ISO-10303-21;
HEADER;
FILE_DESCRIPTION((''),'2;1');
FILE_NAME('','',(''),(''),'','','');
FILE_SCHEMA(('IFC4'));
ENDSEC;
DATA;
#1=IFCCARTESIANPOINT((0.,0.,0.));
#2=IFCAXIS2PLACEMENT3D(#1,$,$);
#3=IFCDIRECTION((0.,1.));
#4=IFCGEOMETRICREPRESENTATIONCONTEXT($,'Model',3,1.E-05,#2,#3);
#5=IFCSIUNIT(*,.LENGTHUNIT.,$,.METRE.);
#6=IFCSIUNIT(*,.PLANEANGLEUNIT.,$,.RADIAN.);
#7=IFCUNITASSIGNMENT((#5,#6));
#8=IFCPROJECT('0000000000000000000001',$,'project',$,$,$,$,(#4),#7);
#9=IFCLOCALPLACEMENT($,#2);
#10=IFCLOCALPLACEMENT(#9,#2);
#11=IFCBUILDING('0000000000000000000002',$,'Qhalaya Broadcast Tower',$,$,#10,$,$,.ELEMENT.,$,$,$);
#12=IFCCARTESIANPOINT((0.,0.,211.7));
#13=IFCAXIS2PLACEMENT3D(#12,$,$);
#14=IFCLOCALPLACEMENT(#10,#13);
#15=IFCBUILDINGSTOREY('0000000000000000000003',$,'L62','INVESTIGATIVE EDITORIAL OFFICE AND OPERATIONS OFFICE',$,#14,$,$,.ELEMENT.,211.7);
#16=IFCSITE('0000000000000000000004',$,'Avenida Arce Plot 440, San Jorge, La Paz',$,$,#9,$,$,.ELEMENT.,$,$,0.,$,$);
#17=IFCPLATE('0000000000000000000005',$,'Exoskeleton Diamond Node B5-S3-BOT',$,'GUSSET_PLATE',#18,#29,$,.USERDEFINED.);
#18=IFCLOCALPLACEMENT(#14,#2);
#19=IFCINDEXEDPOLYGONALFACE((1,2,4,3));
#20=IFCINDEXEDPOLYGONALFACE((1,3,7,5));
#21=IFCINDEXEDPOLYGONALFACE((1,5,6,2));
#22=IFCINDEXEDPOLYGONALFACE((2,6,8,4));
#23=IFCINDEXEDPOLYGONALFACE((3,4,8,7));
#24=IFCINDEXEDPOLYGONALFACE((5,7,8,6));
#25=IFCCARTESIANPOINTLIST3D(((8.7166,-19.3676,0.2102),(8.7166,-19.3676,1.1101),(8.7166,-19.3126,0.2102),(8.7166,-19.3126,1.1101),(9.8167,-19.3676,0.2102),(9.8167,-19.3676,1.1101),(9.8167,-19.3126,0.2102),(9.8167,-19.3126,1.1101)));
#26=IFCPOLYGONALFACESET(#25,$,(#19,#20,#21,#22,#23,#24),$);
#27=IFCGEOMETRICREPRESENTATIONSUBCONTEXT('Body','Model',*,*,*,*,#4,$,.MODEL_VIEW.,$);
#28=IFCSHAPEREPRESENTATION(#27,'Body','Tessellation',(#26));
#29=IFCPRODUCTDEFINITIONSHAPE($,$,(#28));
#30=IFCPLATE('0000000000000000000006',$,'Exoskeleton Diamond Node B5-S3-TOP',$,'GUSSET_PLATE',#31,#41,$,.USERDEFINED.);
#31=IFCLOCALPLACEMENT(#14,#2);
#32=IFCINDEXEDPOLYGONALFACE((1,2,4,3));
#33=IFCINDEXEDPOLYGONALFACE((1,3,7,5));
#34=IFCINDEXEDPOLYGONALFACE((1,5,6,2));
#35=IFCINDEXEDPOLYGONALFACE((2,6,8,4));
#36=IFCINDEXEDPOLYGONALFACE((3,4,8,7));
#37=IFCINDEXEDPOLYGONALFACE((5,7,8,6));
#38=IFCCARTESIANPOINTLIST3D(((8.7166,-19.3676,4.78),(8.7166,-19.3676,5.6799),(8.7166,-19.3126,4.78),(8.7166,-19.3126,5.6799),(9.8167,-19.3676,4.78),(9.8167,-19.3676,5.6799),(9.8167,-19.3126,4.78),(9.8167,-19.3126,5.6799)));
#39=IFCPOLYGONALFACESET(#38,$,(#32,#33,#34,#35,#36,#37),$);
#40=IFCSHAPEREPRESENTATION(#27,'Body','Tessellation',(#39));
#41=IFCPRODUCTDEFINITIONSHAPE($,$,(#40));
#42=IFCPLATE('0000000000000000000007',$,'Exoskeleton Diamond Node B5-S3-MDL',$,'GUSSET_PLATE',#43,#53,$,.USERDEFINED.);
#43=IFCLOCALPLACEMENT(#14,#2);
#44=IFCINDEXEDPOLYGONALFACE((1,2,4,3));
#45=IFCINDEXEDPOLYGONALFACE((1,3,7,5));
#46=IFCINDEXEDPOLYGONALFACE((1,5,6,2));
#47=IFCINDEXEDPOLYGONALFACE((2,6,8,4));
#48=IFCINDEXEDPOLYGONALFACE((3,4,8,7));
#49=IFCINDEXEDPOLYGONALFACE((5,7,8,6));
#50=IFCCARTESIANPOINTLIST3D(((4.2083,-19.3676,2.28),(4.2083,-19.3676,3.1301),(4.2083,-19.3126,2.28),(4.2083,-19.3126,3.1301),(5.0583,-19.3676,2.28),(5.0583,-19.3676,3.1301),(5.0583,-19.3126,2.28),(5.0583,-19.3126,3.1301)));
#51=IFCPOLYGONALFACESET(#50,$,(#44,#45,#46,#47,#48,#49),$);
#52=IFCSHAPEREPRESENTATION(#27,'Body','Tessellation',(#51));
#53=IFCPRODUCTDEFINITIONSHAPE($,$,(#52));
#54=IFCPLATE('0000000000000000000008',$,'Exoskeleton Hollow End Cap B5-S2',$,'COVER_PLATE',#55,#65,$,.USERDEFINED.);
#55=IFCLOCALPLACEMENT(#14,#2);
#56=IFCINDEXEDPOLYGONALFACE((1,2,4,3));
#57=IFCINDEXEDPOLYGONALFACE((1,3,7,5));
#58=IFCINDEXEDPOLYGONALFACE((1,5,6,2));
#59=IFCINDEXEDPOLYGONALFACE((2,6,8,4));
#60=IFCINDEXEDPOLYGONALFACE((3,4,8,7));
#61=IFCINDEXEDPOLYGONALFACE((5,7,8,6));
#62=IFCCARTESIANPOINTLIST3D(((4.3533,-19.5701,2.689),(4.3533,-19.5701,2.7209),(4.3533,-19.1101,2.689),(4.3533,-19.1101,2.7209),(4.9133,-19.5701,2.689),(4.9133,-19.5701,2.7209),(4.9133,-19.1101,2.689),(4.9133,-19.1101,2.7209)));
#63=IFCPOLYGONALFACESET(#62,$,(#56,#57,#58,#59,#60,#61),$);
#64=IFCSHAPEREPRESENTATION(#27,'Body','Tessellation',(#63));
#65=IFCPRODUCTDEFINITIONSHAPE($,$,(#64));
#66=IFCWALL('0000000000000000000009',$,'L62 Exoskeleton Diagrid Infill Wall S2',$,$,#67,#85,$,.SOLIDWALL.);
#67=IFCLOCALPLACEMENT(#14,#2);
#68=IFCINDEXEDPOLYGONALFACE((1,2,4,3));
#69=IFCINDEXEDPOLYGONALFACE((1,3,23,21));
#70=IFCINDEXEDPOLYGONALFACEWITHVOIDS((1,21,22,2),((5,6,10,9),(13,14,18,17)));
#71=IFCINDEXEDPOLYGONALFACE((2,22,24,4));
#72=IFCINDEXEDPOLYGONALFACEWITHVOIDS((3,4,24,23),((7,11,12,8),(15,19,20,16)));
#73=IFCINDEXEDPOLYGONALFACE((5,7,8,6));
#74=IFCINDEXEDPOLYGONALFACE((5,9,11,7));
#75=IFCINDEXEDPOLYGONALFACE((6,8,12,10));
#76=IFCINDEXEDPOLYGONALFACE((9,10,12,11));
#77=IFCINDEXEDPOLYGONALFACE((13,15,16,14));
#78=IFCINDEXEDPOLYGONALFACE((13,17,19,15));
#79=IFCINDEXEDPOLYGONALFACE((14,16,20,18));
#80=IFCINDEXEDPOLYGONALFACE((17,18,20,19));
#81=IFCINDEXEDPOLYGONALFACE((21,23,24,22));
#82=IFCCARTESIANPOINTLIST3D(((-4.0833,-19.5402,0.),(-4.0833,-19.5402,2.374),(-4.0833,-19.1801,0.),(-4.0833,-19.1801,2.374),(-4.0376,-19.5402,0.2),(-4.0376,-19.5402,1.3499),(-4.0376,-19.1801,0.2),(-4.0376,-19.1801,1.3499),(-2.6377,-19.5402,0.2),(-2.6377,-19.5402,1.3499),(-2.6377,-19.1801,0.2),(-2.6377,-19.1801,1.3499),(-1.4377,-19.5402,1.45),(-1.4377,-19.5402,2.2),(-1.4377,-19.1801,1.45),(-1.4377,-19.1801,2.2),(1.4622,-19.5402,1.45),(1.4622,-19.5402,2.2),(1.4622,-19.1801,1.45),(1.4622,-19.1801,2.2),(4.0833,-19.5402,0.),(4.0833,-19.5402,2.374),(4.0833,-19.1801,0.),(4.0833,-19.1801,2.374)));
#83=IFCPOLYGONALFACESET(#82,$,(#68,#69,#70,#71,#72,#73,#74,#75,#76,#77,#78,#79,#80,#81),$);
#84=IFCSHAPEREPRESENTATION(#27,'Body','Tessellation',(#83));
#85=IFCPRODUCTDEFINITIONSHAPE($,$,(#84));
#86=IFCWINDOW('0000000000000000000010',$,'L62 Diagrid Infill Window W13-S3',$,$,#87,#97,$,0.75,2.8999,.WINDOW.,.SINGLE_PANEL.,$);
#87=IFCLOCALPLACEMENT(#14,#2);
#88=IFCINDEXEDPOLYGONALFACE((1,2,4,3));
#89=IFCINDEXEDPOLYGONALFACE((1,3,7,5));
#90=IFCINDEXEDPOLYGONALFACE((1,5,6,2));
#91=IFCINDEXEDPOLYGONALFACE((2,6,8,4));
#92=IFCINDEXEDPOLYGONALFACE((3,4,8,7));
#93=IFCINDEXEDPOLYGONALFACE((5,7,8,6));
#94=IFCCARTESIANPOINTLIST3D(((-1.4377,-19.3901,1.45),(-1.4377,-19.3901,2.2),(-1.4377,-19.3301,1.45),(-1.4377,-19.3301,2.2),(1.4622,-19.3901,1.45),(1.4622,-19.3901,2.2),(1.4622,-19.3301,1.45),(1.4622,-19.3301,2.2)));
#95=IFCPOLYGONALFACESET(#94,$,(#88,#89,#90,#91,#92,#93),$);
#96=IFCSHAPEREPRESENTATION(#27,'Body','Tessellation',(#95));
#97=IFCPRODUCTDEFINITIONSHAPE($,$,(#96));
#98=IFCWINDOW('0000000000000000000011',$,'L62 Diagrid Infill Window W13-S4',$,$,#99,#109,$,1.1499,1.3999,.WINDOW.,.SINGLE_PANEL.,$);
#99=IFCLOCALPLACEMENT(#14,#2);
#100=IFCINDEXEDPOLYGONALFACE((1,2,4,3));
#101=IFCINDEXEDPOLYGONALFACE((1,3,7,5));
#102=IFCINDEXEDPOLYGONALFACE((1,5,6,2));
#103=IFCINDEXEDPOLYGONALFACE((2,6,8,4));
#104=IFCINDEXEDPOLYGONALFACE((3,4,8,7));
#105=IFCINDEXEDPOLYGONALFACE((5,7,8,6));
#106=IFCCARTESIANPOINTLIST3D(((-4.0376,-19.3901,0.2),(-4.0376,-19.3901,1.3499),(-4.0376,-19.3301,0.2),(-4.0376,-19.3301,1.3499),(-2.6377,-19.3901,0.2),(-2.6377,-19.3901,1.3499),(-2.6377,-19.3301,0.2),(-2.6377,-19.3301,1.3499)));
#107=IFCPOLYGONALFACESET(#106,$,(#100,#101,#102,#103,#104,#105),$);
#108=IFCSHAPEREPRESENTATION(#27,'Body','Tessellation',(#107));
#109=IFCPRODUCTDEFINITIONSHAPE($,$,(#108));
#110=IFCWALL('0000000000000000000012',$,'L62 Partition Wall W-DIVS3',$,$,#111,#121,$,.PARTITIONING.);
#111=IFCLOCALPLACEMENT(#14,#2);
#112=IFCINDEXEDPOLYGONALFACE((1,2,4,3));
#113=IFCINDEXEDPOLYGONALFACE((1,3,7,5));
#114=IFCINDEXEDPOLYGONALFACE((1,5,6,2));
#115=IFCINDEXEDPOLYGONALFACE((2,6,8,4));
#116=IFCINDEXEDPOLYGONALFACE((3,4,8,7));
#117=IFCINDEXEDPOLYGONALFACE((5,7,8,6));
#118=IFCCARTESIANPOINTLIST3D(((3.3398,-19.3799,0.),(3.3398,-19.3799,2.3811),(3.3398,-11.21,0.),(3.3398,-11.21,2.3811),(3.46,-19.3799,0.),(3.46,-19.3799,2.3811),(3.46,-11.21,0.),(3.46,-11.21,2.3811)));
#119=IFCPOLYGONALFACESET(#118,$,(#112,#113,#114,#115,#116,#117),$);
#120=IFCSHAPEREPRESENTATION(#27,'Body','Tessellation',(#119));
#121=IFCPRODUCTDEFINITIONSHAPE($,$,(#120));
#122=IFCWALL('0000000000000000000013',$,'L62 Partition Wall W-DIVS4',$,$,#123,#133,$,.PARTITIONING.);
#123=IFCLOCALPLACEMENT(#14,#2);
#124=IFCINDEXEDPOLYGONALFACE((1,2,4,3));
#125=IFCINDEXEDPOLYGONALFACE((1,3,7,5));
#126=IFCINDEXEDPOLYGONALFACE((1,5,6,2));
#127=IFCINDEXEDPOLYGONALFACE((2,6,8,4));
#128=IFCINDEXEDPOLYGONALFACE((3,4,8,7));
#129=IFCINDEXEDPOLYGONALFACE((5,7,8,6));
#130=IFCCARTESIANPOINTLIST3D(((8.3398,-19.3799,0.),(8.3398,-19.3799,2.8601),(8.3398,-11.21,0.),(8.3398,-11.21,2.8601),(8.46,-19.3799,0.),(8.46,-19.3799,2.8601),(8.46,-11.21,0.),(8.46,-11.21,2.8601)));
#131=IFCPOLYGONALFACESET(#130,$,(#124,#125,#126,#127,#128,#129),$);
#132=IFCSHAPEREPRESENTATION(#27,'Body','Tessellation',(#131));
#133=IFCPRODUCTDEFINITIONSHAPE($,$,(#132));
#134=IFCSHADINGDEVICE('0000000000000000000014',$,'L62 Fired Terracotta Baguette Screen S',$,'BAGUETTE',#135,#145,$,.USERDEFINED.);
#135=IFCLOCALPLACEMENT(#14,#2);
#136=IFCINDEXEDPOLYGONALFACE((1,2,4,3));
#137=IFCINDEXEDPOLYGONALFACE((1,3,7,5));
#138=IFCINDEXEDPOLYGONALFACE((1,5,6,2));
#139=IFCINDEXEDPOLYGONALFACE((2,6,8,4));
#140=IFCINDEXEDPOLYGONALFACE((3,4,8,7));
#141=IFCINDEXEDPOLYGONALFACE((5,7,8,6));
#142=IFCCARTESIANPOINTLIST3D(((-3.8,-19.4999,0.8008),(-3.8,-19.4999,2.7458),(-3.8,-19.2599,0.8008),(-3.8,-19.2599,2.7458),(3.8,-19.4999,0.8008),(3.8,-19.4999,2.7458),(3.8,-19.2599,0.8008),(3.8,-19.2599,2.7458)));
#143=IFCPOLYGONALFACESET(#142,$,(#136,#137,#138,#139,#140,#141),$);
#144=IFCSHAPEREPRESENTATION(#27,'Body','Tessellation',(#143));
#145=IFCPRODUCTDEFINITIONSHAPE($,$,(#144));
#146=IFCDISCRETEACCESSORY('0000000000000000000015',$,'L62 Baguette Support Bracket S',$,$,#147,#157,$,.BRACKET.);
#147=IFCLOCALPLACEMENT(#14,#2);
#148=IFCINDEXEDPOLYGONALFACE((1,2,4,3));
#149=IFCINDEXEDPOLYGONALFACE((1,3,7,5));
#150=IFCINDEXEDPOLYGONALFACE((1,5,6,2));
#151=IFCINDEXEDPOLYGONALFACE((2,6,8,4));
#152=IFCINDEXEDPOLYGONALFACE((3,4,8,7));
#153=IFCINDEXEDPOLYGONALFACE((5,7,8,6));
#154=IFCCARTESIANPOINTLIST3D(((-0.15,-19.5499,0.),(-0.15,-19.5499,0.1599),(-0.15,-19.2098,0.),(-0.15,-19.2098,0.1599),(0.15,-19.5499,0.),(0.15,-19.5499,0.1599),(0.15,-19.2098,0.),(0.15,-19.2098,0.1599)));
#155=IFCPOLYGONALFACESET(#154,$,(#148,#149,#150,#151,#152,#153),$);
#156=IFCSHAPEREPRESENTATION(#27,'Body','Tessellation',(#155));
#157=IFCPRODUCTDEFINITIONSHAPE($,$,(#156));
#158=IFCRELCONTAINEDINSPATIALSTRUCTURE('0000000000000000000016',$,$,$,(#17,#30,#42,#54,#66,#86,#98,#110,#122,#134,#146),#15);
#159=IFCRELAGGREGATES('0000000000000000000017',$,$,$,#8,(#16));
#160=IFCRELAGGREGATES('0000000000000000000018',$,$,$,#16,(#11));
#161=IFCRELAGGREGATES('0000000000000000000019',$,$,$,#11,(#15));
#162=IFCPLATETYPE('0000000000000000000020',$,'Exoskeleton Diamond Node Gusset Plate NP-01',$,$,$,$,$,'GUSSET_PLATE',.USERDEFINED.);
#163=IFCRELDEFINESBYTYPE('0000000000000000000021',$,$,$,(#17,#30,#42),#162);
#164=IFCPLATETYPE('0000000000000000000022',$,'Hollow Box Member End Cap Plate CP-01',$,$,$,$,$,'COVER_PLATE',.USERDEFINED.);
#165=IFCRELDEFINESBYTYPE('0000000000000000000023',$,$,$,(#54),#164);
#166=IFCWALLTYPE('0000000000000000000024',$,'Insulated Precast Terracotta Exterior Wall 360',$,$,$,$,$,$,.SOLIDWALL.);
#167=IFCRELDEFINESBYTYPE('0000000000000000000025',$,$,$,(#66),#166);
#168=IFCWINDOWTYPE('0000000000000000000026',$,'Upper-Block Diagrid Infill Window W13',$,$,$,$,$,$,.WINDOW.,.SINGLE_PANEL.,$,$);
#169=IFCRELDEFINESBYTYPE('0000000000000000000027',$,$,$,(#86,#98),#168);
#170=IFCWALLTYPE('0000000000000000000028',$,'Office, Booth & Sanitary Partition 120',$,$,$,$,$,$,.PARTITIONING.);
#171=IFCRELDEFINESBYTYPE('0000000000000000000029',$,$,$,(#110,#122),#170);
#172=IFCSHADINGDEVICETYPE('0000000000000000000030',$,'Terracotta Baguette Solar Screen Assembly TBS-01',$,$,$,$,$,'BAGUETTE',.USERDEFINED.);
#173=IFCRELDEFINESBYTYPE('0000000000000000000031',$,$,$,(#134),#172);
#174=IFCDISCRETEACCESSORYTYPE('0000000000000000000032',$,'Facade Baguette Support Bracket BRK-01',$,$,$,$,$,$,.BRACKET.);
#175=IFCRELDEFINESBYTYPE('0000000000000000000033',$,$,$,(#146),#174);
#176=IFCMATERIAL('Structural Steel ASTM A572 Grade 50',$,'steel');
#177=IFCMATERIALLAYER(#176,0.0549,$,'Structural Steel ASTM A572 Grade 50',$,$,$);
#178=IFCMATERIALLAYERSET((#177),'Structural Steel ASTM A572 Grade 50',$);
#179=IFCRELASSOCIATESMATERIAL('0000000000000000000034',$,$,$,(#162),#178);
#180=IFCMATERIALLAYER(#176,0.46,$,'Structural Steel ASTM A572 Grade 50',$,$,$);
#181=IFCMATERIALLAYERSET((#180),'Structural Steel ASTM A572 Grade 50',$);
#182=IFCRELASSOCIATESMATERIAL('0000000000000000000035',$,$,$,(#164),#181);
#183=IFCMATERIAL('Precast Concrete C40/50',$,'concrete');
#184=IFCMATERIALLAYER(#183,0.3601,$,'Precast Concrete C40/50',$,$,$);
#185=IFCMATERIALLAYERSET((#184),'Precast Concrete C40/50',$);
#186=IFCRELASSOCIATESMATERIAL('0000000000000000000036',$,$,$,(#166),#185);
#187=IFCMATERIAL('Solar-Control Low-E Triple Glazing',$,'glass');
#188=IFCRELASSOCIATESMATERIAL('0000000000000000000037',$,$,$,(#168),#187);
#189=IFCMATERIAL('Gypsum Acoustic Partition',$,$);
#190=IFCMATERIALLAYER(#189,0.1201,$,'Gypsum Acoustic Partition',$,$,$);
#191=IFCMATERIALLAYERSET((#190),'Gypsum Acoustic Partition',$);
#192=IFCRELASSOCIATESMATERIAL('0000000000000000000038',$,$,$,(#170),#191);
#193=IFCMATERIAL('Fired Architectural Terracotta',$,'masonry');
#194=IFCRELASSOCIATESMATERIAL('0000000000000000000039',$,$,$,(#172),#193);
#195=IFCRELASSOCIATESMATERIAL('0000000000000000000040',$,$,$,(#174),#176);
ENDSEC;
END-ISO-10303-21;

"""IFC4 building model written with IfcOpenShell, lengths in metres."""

from ifc_helpers import new_model, si_unit, direction, frame, frame_2d, origin, origin_2d, place, context, subcontext, project, spatial, rectangle, extrude, material, layer, layer_set, type_object, element, fill, save


model = new_model("IFC4")

# Units and contexts
model_context = context("Model", 3, precision=1e-05, world=origin(), true_north=direction((0.0, 1.0)))
body_context = subcontext(model_context, "Body", "Model", "MODEL_VIEW")
ifc_project = project(units=[si_unit("LENGTHUNIT", "METRE"), si_unit("PLANEANGLEUNIT", "RADIAN")], contexts=[model_context])

# Site, building, storey
site_placement = place(None, origin())
site = spatial("IfcSite", under=ifc_project, at=site_placement, Name="Avenida Arce Plot 440, San Jorge, La Paz", CompositionType="ELEMENT", RefElevation=0.0)
building_placement = place(site_placement, origin())
building = spatial("IfcBuilding", under=site, at=building_placement, Name="Qhalaya Broadcast Tower", CompositionType="ELEMENT")
storey_placement = place(building_placement, frame((0.0, 0.0, 211.7)))
storey = spatial("IfcBuildingStorey", under=building, at=storey_placement, Name="L62", Description="INVESTIGATIVE EDITORIAL OFFICE AND OPERATIONS OFFICE", CompositionType="ELEMENT", Elevation=211.7)

# Shared definitions
ifc_material_1 = material(Name="Structural Steel ASTM A572 Grade 50", Category="steel")

# Plates
ifc_layer_1 = layer(ifc_material_1, 0.0549, Name="Structural Steel ASTM A572 Grade 50")
ifc_layer_set_1 = layer_set([ifc_layer_1], Name="Structural Steel ASTM A572 Grade 50")
plate_type_1 = type_object("IfcPlateType", Name="Exoskeleton Diamond Node Gusset Plate NP-01", ElementType="GUSSET_PLATE", PredefinedType="USERDEFINED", material=ifc_layer_set_1)
for number, where, z_axis, x_axis, name in (
    (1, (9.2666, -19.3401, 0.2102), (0.0, 0.0, 1.0), (1.0, 0.0, 0.0), "Exoskeleton Diamond Node B5-S3-BOT"),
    (2, (9.2666, -19.3401, 4.78), (0.0, 0.0, 1.0), (1.0, 0.0, 0.0), "Exoskeleton Diamond Node B5-S3-TOP"),
):
    element("IfcPlate", number, at=place(storey_placement, frame(where, z_axis=z_axis, x_axis=x_axis)), inside=storey, type_object=plate_type_1, Name=name, ObjectType="GUSSET_PLATE", PredefinedType="USERDEFINED", context=body_context, shape_type="SweptSolid", body=[
        extrude(rectangle(XDim=1.1001, YDim=0.0549, at=origin_2d()), origin(), (0.0, 0.0, 1.0), 0.8999),
    ])
plate_1_placement = place(storey_placement, frame((4.6333, -19.3401, 2.28), z_axis=(0.0, 0.0, 1.0), x_axis=(1.0, 0.0, 0.0)))
element("IfcPlate", 3, at=plate_1_placement, inside=storey, type_object=plate_type_1, Name="Exoskeleton Diamond Node B5-S3-MDL", ObjectType="GUSSET_PLATE", PredefinedType="USERDEFINED", context=body_context, shape_type="SweptSolid", body=[
    extrude(rectangle(XDim=0.8501, YDim=0.0549, at=origin_2d()), origin(), (0.0, 0.0, 1.0), 0.8501),
])
ifc_layer_2 = layer(ifc_material_1, 0.46, Name="Structural Steel ASTM A572 Grade 50")
ifc_layer_set_2 = layer_set([ifc_layer_2], Name="Structural Steel ASTM A572 Grade 50")
plate_type_2 = type_object("IfcPlateType", Name="Hollow Box Member End Cap Plate CP-01", ElementType="COVER_PLATE", PredefinedType="USERDEFINED", material=ifc_layer_set_2)
plate_2_placement = place(storey_placement, frame((4.6333, -19.3401, 2.689), z_axis=(0.0, 0.0, 1.0), x_axis=(1.0, 0.0, 0.0)))
element("IfcPlate", 4, at=plate_2_placement, inside=storey, type_object=plate_type_2, Name="Exoskeleton Hollow End Cap B5-S2", ObjectType="COVER_PLATE", PredefinedType="USERDEFINED", context=body_context, shape_type="SweptSolid", body=[
    extrude(rectangle(XDim=0.5601, YDim=0.46, at=origin_2d()), origin(), (0.0, 0.0, 1.0), 0.032),
])

# Wall, openings, windows
ifc_material_2 = material(Name="Precast Concrete C40/50", Category="concrete")
ifc_layer_3 = layer(ifc_material_2, 0.3601, Name="Precast Concrete C40/50")
ifc_layer_set_3 = layer_set([ifc_layer_3], Name="Precast Concrete C40/50")
wall_type_1 = type_object("IfcWallType", Name="Insulated Precast Terracotta Exterior Wall 360", PredefinedType="SOLIDWALL", material=ifc_layer_set_3)
wall_1_placement = place(storey_placement, frame((4.0833, -19.3601, 0.0), z_axis=(0.0, 0.0, 1.0), x_axis=(-1.0, 0.0, 0.0)))
wall_1 = element("IfcWall", 5, at=wall_1_placement, inside=storey, type_object=wall_type_1, Name="L62 Exoskeleton Diagrid Infill Wall S2", PredefinedType="SOLIDWALL", context=body_context, shape_type="SweptSolid", body=[
    extrude(rectangle(XDim=8.1665, YDim=0.3601, at=frame_2d((4.0833, 0.0))), origin(), (0.0, 0.0, 1.0), 2.374),
])
opening_1_placement = place(wall_1_placement, frame((2.6211, 0.0, 1.45)))
opening_1 = element("IfcOpeningElement", 6, at=opening_1_placement, cuts=wall_1, PredefinedType="OPENING", context=body_context, shape_type="SweptSolid", body=[
    extrude(rectangle(XDim=2.8999, YDim=0.75, at=frame_2d((1.45, 0.375))), frame((0.0, 0.1921, 0.0), z_axis=(0.0, -1.0, 0.0), x_axis=(1.0, 0.0, 0.0)), (0.0, 0.0, 1.0), 0.384),
])
opening_2_placement = place(wall_1_placement, frame((6.7209, 0.0, 0.2)))
opening_2 = element("IfcOpeningElement", 7, at=opening_2_placement, cuts=wall_1, PredefinedType="OPENING", context=body_context, shape_type="SweptSolid", body=[
    extrude(rectangle(XDim=1.3999, YDim=1.1499, at=frame_2d((0.7, 0.575))), frame((0.0, 0.1921, 0.0), z_axis=(0.0, -1.0, 0.0), x_axis=(1.0, 0.0, 0.0)), (0.0, 0.0, 1.0), 0.384),
])
ifc_material_3 = material(Name="Solar-Control Low-E Triple Glazing", Category="glass")
window_type = type_object("IfcWindowType", Name="Upper-Block Diagrid Infill Window W13", PartitioningType="SINGLE_PANEL", PredefinedType="WINDOW", material=ifc_material_3)
window_1_placement = place(opening_1_placement, origin())
window_1 = element("IfcWindow", 8, at=window_1_placement, inside=storey, type_object=window_type, Name="L62 Diagrid Infill Window W13-S3", OverallHeight=0.75, OverallWidth=2.8999, PartitioningType="SINGLE_PANEL", PredefinedType="WINDOW", context=body_context, shape_type="SweptSolid", body=[
    extrude(rectangle(XDim=2.8999, YDim=0.75, at=frame_2d((1.45, 0.375))), frame((0.0, 0.03, 0.0), z_axis=(0.0, -1.0, 0.0), x_axis=(1.0, 0.0, 0.0)), (0.0, 0.0, 1.0), 0.0601),
])
fill(opening_1, window_1)
window_2_placement = place(opening_2_placement, origin())
window_2 = element("IfcWindow", 9, at=window_2_placement, inside=storey, type_object=window_type, Name="L62 Diagrid Infill Window W13-S4", OverallHeight=1.1499, OverallWidth=1.3999, PartitioningType="SINGLE_PANEL", PredefinedType="WINDOW", context=body_context, shape_type="SweptSolid", body=[
    extrude(rectangle(XDim=1.3999, YDim=1.1499, at=frame_2d((0.7, 0.575))), frame((0.0, 0.03, 0.0), z_axis=(0.0, -1.0, 0.0), x_axis=(1.0, 0.0, 0.0)), (0.0, 0.0, 1.0), 0.0601),
])
fill(opening_2, window_2)

# Walls
ifc_material_4 = material(Name="Gypsum Acoustic Partition")
ifc_layer_4 = layer(ifc_material_4, 0.1201, Name="Gypsum Acoustic Partition")
ifc_layer_set_4 = layer_set([ifc_layer_4], Name="Gypsum Acoustic Partition")
wall_type_2 = type_object("IfcWallType", Name="Office, Booth & Sanitary Partition 120", PredefinedType="PARTITIONING", material=ifc_layer_set_4)
wall_2_placement = place(storey_placement, frame((3.3999, -19.3799, 0.0), z_axis=(0.0, 0.0, 1.0), x_axis=(0.0, 1.0, 0.0)))
element("IfcWall", 10, at=wall_2_placement, inside=storey, type_object=wall_type_2, Name="L62 Partition Wall W-DIVS3", PredefinedType="PARTITIONING", context=body_context, shape_type="SweptSolid", body=[
    extrude(rectangle(XDim=8.1699, YDim=0.1201, at=frame_2d((4.085, 0.0))), origin(), (0.0, 0.0, 1.0), 2.3811),
])
wall_3_placement = place(storey_placement, frame((8.3999, -19.3799, 0.0), z_axis=(0.0, 0.0, 1.0), x_axis=(0.0, 1.0, 0.0)))
element("IfcWall", 11, at=wall_3_placement, inside=storey, type_object=wall_type_2, Name="L62 Partition Wall W-DIVS4", PredefinedType="PARTITIONING", context=body_context, shape_type="SweptSolid", body=[
    extrude(rectangle(XDim=8.1699, YDim=0.1201, at=frame_2d((4.085, 0.0))), origin(), (0.0, 0.0, 1.0), 2.8601),
])

# Shading device
ifc_material_5 = material(Name="Fired Architectural Terracotta", Category="masonry")
shading_device_type = type_object("IfcShadingDeviceType", Name="Terracotta Baguette Solar Screen Assembly TBS-01", ElementType="BAGUETTE", PredefinedType="USERDEFINED", material=ifc_material_5)
shading_device_placement = place(storey_placement, frame((0.0, -19.3799, 0.8008), z_axis=(0.0, 0.0, 1.0), x_axis=(1.0, 0.0, 0.0)))
element("IfcShadingDevice", 12, at=shading_device_placement, inside=storey, type_object=shading_device_type, Name="L62 Fired Terracotta Baguette Screen S", ObjectType="BAGUETTE", PredefinedType="USERDEFINED", context=body_context, shape_type="SweptSolid", body=[
    extrude(rectangle(XDim=7.6001, YDim=0.24, at=origin_2d()), origin(), (0.0, 0.0, 1.0), 1.9451),
])

# Discrete accessory
discrete_accessory_type = type_object("IfcDiscreteAccessoryType", Name="Facade Baguette Support Bracket BRK-01", PredefinedType="BRACKET", material=ifc_material_1)
discrete_accessory_placement = place(storey_placement, frame((0.0, -19.3799, 0.0), z_axis=(0.0, 0.0, 1.0), x_axis=(1.0, 0.0, 0.0)))
element("IfcDiscreteAccessory", 13, at=discrete_accessory_placement, inside=storey, type_object=discrete_accessory_type, Name="L62 Baguette Support Bracket S", PredefinedType="BRACKET", context=body_context, shape_type="SweptSolid", body=[
    extrude(rectangle(XDim=0.3, YDim=0.3401, at=origin_2d()), origin(), (0.0, 0.0, 1.0), 0.1599),
])

save(model, "model.ifc")
